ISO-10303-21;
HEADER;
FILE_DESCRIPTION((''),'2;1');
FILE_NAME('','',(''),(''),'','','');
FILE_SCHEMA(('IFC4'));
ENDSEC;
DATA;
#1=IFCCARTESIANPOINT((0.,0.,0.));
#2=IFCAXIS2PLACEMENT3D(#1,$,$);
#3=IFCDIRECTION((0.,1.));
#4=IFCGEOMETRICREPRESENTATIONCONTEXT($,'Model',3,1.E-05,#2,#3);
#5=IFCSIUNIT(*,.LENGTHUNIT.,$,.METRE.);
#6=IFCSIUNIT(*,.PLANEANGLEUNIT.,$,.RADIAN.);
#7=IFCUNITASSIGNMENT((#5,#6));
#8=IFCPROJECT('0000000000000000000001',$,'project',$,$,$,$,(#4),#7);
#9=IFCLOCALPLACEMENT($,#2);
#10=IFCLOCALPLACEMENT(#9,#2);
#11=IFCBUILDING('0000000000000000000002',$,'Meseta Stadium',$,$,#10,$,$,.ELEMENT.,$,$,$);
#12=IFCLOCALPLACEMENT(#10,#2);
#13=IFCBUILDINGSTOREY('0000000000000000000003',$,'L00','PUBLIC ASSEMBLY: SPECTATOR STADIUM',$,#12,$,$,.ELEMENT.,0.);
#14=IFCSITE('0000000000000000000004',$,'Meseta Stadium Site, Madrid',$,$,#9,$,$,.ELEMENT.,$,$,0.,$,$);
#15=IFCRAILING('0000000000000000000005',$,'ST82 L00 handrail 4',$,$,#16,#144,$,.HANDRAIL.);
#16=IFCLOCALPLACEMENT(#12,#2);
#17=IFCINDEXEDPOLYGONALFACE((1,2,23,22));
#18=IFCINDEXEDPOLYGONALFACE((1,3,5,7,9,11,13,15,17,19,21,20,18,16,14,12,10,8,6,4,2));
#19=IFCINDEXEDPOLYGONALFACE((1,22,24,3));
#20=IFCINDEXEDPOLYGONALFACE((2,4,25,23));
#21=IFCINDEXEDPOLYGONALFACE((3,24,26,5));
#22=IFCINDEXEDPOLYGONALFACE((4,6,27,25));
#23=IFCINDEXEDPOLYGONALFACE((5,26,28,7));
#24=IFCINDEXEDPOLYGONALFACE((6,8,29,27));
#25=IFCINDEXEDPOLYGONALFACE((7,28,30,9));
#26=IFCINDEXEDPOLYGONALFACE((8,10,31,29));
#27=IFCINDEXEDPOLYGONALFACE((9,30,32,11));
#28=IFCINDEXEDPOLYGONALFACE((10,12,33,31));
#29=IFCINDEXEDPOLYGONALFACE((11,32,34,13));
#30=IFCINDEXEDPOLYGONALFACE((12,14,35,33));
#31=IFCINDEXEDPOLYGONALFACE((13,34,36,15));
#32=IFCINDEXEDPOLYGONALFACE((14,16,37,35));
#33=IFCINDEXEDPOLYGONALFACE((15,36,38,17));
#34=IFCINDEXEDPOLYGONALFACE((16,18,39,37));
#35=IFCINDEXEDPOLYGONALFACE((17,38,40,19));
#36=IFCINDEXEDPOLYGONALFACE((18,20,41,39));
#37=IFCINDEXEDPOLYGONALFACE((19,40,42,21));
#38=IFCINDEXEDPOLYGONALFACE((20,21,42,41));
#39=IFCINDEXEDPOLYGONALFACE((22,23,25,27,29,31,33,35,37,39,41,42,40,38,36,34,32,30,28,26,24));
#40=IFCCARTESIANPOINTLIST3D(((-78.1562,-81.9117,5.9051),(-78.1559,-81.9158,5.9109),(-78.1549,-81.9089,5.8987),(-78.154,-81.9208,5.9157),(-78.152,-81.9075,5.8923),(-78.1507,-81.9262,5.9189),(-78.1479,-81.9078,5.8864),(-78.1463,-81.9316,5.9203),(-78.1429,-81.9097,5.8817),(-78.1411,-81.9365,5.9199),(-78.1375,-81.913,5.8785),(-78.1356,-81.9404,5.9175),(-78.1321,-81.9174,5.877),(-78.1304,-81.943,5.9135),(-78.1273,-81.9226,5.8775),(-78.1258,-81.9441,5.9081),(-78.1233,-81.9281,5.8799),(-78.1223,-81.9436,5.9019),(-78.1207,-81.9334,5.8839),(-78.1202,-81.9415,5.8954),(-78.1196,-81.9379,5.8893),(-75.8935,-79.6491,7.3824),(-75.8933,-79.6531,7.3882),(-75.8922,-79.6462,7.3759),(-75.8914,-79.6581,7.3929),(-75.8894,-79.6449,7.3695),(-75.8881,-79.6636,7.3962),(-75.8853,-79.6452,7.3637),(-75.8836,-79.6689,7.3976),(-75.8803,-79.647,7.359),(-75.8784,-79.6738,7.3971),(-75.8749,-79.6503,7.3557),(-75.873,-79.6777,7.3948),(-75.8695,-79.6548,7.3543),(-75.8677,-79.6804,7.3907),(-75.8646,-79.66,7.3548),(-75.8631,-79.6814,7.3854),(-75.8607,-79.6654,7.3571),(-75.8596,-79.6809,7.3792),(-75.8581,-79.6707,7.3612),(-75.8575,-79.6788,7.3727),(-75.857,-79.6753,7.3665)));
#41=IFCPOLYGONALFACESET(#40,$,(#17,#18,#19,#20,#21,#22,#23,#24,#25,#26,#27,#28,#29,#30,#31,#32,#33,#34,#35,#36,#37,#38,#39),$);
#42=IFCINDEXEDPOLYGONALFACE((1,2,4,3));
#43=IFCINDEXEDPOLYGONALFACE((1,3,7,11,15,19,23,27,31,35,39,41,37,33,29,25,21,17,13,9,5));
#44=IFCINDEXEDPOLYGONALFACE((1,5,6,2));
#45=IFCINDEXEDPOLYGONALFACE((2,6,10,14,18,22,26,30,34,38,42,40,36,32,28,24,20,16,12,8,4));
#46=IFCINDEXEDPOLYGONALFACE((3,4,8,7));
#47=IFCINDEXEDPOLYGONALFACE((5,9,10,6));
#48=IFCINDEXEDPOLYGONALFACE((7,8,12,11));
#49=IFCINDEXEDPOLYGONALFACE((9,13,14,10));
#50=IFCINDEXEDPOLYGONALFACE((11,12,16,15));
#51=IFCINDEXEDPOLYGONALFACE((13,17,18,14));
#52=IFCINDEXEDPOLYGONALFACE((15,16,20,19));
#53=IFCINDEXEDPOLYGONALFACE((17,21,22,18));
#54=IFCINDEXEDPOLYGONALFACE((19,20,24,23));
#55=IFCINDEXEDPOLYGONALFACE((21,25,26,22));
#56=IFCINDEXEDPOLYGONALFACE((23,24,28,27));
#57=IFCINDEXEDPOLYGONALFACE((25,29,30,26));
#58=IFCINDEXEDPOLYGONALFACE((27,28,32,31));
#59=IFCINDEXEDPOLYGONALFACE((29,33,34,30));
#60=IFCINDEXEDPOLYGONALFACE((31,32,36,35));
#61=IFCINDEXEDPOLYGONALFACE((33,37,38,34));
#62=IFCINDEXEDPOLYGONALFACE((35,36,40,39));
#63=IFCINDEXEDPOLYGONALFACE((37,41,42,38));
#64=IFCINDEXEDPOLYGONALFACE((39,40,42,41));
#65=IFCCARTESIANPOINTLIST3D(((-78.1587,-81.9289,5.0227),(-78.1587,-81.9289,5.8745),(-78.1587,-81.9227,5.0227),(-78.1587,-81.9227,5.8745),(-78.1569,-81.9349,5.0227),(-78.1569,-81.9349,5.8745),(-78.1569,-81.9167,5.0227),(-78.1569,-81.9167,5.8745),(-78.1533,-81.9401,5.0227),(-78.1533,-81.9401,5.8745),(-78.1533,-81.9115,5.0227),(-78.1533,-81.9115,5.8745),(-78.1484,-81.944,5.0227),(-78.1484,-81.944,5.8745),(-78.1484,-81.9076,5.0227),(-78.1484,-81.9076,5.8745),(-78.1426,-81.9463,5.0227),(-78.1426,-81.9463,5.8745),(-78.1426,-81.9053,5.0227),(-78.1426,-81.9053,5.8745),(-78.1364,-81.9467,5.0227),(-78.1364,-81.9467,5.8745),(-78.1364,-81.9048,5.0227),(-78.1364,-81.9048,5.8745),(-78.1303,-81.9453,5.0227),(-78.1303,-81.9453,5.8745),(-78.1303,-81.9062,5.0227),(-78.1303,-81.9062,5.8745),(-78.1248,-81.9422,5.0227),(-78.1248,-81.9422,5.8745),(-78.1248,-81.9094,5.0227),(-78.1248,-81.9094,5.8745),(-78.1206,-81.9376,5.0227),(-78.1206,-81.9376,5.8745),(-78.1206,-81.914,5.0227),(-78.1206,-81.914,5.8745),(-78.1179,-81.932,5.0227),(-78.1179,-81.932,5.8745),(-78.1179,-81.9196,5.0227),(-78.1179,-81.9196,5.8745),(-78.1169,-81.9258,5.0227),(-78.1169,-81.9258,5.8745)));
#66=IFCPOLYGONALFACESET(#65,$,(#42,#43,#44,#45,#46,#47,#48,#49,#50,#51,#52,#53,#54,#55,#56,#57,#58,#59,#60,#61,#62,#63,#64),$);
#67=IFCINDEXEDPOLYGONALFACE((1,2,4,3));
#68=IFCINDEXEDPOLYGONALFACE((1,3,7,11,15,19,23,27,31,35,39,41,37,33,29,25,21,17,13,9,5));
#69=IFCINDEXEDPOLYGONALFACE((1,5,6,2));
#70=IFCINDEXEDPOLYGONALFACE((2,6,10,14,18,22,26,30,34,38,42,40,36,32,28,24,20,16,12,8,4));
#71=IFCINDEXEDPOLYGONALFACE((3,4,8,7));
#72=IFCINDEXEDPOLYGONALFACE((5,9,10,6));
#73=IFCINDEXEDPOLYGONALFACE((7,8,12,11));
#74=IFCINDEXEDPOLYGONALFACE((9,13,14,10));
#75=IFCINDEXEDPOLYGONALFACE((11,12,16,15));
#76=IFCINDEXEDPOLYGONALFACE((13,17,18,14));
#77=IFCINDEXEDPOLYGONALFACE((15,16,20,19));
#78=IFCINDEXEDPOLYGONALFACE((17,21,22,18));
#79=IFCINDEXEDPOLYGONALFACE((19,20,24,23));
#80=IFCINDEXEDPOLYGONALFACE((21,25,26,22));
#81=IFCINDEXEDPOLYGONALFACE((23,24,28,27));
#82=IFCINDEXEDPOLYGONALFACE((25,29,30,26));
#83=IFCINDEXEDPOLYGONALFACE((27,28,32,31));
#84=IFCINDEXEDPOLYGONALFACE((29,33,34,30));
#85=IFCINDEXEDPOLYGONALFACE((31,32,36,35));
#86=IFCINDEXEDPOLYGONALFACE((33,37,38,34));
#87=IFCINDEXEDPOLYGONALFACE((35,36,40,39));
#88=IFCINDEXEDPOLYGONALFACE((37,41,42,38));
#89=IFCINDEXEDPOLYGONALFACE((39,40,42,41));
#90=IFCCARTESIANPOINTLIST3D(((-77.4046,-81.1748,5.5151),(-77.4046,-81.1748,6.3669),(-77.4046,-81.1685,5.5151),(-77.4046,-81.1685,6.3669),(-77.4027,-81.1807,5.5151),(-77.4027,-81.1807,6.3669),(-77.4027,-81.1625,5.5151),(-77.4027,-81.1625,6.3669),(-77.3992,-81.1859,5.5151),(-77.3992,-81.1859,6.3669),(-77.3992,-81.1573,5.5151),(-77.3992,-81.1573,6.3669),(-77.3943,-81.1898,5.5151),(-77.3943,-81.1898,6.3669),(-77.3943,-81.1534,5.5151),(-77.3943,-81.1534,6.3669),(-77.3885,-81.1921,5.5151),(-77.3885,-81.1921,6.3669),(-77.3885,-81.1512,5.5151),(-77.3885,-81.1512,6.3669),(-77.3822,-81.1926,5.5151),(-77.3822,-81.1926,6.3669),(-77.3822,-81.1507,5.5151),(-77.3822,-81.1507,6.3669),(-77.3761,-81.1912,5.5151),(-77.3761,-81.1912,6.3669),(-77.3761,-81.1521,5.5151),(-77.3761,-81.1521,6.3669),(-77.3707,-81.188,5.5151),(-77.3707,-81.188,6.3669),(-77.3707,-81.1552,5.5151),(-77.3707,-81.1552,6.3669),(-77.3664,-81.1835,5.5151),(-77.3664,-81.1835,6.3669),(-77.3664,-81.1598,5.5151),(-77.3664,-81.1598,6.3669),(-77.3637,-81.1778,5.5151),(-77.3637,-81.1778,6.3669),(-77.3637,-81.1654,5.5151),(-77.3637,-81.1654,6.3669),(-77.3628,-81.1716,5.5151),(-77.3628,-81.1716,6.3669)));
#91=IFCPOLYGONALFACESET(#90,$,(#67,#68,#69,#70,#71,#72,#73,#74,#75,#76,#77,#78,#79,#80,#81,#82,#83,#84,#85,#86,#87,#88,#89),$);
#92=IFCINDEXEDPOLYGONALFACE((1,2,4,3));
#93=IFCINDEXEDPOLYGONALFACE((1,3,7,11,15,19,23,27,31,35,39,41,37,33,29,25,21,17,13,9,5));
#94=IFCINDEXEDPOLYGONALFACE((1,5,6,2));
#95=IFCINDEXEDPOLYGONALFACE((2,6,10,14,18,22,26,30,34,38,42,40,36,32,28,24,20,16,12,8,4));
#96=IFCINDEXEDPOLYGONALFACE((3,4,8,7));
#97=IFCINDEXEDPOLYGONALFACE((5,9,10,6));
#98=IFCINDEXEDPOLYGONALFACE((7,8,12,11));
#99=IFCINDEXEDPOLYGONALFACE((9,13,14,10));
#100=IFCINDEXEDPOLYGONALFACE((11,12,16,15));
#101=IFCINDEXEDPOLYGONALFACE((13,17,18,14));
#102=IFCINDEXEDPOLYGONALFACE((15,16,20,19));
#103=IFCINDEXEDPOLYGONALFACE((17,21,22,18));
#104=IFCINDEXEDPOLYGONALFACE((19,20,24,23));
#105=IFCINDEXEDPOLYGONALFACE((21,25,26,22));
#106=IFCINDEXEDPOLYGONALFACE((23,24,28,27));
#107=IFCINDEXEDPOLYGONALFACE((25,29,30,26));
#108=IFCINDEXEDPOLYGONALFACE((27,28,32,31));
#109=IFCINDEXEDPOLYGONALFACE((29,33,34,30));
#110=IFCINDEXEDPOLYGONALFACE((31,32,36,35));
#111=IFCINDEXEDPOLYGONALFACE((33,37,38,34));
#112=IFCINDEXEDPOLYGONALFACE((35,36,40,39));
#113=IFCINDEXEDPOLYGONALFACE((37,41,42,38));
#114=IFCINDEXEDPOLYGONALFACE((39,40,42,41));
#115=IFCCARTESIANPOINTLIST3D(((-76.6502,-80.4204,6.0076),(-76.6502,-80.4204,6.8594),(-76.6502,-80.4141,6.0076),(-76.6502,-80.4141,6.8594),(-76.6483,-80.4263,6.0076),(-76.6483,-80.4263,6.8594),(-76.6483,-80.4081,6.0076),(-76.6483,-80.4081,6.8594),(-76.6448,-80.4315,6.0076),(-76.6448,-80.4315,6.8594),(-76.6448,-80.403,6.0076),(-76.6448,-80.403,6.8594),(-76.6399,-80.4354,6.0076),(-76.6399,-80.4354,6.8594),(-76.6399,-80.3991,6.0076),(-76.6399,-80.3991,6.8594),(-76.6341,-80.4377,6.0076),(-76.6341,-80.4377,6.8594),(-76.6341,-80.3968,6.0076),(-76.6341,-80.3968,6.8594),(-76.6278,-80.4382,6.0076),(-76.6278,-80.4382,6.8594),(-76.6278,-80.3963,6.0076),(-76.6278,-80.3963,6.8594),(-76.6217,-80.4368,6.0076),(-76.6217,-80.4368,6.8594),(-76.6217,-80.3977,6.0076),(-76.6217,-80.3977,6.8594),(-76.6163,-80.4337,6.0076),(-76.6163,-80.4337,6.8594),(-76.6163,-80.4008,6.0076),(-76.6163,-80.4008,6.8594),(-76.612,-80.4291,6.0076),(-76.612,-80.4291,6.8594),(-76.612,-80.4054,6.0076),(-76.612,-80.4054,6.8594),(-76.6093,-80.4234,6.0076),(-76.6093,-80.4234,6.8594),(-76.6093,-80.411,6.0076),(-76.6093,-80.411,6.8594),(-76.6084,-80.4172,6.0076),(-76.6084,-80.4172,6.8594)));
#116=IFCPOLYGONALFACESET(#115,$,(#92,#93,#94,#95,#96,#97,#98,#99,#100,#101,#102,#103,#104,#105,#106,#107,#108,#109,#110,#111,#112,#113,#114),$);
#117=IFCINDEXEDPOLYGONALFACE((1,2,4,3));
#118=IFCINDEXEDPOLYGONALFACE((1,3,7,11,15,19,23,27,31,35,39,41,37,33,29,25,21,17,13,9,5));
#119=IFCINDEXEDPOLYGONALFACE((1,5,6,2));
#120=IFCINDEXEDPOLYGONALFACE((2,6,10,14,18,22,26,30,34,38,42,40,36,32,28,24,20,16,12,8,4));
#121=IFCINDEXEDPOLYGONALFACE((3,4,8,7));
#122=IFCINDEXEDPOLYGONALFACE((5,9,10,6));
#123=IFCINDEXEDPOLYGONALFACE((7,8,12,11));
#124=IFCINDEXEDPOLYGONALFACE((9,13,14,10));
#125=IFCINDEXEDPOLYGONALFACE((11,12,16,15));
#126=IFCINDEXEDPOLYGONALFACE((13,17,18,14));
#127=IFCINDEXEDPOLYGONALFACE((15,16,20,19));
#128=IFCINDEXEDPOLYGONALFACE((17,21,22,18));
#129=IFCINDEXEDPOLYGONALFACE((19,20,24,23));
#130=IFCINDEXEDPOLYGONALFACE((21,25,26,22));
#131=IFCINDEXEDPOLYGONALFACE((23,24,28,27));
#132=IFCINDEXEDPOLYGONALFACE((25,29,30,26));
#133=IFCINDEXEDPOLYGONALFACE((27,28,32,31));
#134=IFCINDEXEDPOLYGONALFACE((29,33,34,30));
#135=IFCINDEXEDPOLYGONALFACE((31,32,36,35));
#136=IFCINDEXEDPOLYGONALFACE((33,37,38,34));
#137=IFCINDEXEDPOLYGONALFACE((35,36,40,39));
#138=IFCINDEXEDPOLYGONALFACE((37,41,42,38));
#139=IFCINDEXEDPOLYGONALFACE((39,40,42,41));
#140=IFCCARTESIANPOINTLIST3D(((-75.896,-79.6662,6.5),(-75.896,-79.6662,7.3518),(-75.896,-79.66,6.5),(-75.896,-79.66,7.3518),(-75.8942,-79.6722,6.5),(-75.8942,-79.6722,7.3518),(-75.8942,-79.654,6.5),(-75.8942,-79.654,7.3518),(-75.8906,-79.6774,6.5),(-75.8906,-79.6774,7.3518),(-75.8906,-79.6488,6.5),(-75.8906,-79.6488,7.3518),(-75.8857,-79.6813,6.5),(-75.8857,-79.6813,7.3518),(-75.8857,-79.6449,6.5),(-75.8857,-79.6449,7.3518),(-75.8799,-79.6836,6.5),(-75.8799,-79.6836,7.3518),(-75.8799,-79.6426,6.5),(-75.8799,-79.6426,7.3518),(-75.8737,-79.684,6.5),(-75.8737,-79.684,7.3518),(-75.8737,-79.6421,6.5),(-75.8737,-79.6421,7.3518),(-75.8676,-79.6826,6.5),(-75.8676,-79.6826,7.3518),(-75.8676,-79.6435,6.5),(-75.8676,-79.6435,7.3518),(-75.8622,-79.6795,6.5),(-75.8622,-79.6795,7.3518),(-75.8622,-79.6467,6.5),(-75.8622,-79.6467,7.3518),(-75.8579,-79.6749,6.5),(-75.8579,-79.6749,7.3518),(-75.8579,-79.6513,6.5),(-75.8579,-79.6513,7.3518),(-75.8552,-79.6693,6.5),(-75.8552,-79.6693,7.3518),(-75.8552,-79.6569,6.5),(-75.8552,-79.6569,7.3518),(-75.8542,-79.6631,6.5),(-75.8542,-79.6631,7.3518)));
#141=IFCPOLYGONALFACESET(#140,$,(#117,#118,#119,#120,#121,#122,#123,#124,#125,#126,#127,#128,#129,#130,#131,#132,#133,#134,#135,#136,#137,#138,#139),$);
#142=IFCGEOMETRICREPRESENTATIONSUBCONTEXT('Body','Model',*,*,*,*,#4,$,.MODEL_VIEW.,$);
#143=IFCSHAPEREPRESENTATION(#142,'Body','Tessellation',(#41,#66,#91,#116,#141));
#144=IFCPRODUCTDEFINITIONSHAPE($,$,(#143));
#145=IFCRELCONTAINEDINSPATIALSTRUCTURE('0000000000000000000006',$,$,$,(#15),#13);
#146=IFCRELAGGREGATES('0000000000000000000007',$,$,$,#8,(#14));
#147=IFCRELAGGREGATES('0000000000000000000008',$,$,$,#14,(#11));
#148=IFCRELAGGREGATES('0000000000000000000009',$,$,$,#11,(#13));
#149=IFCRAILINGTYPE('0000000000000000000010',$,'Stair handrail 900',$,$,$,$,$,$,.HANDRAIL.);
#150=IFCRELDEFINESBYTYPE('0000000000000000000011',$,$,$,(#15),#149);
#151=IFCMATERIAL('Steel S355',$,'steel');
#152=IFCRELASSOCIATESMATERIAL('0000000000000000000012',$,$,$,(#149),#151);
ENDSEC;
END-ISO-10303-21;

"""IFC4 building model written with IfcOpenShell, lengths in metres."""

from ifc_helpers import new_model, si_unit, direction, frame, origin, origin_2d, place, context, subcontext, project, spatial, circle, extrude, material, type_object, element, save


model = new_model("IFC4")

# Units and contexts
model_context = context("Model", 3, precision=1e-05, world=origin(), true_north=direction((0.0, 1.0)))
body_context = subcontext(model_context, "Body", "Model", "MODEL_VIEW")
ifc_project = project(units=[si_unit("LENGTHUNIT", "METRE"), si_unit("PLANEANGLEUNIT", "RADIAN")], contexts=[model_context])

# Site, building, storey
site_placement = place(None, origin())
site = spatial("IfcSite", under=ifc_project, at=site_placement, Name="Meseta Stadium Site, Madrid", CompositionType="ELEMENT", RefElevation=0.0)
building_placement = place(site_placement, origin())
building = spatial("IfcBuilding", under=site, at=building_placement, Name="Meseta Stadium", CompositionType="ELEMENT")
storey_placement = place(building_placement, origin())
storey = spatial("IfcBuildingStorey", under=building, at=storey_placement, Name="L00", Description="PUBLIC ASSEMBLY: SPECTATOR STADIUM", CompositionType="ELEMENT", Elevation=0.0)

# Railing
ifc_material_1 = material(Name="Steel S355", Category="steel")
railing_type_1 = type_object("IfcRailingType", Name="Stair handrail 900", PredefinedType="HANDRAIL", material=ifc_material_1)
for number, where, name in (
    (1, (-78.1379, -81.9258, 5.0227), "ST82 L00 handrail 4"),
):
    element("IfcRailing", number, at=place(storey_placement, frame(where)), inside=storey, type_object=railing_type_1, Name=name, PredefinedType="HANDRAIL", context=body_context, shape_type="SweptSolid", body=[
        extrude(circle(Radius=0.0239, at=origin_2d()), frame((0.0, 0.0, 0.876), z_axis=(0.641994, 0.641994, 0.419152), x_axis=(-0.707107, 0.707107, 0.0)), (0.0, 0.0, 1.0), 3.5244),
        extrude(circle(Radius=0.021, at=origin_2d()), origin(), (0.0, 0.0, 1.0), 0.8518),
        extrude(circle(Radius=0.021, at=origin_2d()), frame((0.7542, 0.7542, 0.4924)), (0.0, 0.0, 1.0), 0.8518),
        extrude(circle(Radius=0.021, at=origin_2d()), frame((1.5085, 1.5085, 0.9849)), (0.0, 0.0, 1.0), 0.8518),
        extrude(circle(Radius=0.021, at=origin_2d()), frame((2.2627, 2.2627, 1.4773)), (0.0, 0.0, 1.0), 0.8518),
    ])

save(model, "model.ifc")
